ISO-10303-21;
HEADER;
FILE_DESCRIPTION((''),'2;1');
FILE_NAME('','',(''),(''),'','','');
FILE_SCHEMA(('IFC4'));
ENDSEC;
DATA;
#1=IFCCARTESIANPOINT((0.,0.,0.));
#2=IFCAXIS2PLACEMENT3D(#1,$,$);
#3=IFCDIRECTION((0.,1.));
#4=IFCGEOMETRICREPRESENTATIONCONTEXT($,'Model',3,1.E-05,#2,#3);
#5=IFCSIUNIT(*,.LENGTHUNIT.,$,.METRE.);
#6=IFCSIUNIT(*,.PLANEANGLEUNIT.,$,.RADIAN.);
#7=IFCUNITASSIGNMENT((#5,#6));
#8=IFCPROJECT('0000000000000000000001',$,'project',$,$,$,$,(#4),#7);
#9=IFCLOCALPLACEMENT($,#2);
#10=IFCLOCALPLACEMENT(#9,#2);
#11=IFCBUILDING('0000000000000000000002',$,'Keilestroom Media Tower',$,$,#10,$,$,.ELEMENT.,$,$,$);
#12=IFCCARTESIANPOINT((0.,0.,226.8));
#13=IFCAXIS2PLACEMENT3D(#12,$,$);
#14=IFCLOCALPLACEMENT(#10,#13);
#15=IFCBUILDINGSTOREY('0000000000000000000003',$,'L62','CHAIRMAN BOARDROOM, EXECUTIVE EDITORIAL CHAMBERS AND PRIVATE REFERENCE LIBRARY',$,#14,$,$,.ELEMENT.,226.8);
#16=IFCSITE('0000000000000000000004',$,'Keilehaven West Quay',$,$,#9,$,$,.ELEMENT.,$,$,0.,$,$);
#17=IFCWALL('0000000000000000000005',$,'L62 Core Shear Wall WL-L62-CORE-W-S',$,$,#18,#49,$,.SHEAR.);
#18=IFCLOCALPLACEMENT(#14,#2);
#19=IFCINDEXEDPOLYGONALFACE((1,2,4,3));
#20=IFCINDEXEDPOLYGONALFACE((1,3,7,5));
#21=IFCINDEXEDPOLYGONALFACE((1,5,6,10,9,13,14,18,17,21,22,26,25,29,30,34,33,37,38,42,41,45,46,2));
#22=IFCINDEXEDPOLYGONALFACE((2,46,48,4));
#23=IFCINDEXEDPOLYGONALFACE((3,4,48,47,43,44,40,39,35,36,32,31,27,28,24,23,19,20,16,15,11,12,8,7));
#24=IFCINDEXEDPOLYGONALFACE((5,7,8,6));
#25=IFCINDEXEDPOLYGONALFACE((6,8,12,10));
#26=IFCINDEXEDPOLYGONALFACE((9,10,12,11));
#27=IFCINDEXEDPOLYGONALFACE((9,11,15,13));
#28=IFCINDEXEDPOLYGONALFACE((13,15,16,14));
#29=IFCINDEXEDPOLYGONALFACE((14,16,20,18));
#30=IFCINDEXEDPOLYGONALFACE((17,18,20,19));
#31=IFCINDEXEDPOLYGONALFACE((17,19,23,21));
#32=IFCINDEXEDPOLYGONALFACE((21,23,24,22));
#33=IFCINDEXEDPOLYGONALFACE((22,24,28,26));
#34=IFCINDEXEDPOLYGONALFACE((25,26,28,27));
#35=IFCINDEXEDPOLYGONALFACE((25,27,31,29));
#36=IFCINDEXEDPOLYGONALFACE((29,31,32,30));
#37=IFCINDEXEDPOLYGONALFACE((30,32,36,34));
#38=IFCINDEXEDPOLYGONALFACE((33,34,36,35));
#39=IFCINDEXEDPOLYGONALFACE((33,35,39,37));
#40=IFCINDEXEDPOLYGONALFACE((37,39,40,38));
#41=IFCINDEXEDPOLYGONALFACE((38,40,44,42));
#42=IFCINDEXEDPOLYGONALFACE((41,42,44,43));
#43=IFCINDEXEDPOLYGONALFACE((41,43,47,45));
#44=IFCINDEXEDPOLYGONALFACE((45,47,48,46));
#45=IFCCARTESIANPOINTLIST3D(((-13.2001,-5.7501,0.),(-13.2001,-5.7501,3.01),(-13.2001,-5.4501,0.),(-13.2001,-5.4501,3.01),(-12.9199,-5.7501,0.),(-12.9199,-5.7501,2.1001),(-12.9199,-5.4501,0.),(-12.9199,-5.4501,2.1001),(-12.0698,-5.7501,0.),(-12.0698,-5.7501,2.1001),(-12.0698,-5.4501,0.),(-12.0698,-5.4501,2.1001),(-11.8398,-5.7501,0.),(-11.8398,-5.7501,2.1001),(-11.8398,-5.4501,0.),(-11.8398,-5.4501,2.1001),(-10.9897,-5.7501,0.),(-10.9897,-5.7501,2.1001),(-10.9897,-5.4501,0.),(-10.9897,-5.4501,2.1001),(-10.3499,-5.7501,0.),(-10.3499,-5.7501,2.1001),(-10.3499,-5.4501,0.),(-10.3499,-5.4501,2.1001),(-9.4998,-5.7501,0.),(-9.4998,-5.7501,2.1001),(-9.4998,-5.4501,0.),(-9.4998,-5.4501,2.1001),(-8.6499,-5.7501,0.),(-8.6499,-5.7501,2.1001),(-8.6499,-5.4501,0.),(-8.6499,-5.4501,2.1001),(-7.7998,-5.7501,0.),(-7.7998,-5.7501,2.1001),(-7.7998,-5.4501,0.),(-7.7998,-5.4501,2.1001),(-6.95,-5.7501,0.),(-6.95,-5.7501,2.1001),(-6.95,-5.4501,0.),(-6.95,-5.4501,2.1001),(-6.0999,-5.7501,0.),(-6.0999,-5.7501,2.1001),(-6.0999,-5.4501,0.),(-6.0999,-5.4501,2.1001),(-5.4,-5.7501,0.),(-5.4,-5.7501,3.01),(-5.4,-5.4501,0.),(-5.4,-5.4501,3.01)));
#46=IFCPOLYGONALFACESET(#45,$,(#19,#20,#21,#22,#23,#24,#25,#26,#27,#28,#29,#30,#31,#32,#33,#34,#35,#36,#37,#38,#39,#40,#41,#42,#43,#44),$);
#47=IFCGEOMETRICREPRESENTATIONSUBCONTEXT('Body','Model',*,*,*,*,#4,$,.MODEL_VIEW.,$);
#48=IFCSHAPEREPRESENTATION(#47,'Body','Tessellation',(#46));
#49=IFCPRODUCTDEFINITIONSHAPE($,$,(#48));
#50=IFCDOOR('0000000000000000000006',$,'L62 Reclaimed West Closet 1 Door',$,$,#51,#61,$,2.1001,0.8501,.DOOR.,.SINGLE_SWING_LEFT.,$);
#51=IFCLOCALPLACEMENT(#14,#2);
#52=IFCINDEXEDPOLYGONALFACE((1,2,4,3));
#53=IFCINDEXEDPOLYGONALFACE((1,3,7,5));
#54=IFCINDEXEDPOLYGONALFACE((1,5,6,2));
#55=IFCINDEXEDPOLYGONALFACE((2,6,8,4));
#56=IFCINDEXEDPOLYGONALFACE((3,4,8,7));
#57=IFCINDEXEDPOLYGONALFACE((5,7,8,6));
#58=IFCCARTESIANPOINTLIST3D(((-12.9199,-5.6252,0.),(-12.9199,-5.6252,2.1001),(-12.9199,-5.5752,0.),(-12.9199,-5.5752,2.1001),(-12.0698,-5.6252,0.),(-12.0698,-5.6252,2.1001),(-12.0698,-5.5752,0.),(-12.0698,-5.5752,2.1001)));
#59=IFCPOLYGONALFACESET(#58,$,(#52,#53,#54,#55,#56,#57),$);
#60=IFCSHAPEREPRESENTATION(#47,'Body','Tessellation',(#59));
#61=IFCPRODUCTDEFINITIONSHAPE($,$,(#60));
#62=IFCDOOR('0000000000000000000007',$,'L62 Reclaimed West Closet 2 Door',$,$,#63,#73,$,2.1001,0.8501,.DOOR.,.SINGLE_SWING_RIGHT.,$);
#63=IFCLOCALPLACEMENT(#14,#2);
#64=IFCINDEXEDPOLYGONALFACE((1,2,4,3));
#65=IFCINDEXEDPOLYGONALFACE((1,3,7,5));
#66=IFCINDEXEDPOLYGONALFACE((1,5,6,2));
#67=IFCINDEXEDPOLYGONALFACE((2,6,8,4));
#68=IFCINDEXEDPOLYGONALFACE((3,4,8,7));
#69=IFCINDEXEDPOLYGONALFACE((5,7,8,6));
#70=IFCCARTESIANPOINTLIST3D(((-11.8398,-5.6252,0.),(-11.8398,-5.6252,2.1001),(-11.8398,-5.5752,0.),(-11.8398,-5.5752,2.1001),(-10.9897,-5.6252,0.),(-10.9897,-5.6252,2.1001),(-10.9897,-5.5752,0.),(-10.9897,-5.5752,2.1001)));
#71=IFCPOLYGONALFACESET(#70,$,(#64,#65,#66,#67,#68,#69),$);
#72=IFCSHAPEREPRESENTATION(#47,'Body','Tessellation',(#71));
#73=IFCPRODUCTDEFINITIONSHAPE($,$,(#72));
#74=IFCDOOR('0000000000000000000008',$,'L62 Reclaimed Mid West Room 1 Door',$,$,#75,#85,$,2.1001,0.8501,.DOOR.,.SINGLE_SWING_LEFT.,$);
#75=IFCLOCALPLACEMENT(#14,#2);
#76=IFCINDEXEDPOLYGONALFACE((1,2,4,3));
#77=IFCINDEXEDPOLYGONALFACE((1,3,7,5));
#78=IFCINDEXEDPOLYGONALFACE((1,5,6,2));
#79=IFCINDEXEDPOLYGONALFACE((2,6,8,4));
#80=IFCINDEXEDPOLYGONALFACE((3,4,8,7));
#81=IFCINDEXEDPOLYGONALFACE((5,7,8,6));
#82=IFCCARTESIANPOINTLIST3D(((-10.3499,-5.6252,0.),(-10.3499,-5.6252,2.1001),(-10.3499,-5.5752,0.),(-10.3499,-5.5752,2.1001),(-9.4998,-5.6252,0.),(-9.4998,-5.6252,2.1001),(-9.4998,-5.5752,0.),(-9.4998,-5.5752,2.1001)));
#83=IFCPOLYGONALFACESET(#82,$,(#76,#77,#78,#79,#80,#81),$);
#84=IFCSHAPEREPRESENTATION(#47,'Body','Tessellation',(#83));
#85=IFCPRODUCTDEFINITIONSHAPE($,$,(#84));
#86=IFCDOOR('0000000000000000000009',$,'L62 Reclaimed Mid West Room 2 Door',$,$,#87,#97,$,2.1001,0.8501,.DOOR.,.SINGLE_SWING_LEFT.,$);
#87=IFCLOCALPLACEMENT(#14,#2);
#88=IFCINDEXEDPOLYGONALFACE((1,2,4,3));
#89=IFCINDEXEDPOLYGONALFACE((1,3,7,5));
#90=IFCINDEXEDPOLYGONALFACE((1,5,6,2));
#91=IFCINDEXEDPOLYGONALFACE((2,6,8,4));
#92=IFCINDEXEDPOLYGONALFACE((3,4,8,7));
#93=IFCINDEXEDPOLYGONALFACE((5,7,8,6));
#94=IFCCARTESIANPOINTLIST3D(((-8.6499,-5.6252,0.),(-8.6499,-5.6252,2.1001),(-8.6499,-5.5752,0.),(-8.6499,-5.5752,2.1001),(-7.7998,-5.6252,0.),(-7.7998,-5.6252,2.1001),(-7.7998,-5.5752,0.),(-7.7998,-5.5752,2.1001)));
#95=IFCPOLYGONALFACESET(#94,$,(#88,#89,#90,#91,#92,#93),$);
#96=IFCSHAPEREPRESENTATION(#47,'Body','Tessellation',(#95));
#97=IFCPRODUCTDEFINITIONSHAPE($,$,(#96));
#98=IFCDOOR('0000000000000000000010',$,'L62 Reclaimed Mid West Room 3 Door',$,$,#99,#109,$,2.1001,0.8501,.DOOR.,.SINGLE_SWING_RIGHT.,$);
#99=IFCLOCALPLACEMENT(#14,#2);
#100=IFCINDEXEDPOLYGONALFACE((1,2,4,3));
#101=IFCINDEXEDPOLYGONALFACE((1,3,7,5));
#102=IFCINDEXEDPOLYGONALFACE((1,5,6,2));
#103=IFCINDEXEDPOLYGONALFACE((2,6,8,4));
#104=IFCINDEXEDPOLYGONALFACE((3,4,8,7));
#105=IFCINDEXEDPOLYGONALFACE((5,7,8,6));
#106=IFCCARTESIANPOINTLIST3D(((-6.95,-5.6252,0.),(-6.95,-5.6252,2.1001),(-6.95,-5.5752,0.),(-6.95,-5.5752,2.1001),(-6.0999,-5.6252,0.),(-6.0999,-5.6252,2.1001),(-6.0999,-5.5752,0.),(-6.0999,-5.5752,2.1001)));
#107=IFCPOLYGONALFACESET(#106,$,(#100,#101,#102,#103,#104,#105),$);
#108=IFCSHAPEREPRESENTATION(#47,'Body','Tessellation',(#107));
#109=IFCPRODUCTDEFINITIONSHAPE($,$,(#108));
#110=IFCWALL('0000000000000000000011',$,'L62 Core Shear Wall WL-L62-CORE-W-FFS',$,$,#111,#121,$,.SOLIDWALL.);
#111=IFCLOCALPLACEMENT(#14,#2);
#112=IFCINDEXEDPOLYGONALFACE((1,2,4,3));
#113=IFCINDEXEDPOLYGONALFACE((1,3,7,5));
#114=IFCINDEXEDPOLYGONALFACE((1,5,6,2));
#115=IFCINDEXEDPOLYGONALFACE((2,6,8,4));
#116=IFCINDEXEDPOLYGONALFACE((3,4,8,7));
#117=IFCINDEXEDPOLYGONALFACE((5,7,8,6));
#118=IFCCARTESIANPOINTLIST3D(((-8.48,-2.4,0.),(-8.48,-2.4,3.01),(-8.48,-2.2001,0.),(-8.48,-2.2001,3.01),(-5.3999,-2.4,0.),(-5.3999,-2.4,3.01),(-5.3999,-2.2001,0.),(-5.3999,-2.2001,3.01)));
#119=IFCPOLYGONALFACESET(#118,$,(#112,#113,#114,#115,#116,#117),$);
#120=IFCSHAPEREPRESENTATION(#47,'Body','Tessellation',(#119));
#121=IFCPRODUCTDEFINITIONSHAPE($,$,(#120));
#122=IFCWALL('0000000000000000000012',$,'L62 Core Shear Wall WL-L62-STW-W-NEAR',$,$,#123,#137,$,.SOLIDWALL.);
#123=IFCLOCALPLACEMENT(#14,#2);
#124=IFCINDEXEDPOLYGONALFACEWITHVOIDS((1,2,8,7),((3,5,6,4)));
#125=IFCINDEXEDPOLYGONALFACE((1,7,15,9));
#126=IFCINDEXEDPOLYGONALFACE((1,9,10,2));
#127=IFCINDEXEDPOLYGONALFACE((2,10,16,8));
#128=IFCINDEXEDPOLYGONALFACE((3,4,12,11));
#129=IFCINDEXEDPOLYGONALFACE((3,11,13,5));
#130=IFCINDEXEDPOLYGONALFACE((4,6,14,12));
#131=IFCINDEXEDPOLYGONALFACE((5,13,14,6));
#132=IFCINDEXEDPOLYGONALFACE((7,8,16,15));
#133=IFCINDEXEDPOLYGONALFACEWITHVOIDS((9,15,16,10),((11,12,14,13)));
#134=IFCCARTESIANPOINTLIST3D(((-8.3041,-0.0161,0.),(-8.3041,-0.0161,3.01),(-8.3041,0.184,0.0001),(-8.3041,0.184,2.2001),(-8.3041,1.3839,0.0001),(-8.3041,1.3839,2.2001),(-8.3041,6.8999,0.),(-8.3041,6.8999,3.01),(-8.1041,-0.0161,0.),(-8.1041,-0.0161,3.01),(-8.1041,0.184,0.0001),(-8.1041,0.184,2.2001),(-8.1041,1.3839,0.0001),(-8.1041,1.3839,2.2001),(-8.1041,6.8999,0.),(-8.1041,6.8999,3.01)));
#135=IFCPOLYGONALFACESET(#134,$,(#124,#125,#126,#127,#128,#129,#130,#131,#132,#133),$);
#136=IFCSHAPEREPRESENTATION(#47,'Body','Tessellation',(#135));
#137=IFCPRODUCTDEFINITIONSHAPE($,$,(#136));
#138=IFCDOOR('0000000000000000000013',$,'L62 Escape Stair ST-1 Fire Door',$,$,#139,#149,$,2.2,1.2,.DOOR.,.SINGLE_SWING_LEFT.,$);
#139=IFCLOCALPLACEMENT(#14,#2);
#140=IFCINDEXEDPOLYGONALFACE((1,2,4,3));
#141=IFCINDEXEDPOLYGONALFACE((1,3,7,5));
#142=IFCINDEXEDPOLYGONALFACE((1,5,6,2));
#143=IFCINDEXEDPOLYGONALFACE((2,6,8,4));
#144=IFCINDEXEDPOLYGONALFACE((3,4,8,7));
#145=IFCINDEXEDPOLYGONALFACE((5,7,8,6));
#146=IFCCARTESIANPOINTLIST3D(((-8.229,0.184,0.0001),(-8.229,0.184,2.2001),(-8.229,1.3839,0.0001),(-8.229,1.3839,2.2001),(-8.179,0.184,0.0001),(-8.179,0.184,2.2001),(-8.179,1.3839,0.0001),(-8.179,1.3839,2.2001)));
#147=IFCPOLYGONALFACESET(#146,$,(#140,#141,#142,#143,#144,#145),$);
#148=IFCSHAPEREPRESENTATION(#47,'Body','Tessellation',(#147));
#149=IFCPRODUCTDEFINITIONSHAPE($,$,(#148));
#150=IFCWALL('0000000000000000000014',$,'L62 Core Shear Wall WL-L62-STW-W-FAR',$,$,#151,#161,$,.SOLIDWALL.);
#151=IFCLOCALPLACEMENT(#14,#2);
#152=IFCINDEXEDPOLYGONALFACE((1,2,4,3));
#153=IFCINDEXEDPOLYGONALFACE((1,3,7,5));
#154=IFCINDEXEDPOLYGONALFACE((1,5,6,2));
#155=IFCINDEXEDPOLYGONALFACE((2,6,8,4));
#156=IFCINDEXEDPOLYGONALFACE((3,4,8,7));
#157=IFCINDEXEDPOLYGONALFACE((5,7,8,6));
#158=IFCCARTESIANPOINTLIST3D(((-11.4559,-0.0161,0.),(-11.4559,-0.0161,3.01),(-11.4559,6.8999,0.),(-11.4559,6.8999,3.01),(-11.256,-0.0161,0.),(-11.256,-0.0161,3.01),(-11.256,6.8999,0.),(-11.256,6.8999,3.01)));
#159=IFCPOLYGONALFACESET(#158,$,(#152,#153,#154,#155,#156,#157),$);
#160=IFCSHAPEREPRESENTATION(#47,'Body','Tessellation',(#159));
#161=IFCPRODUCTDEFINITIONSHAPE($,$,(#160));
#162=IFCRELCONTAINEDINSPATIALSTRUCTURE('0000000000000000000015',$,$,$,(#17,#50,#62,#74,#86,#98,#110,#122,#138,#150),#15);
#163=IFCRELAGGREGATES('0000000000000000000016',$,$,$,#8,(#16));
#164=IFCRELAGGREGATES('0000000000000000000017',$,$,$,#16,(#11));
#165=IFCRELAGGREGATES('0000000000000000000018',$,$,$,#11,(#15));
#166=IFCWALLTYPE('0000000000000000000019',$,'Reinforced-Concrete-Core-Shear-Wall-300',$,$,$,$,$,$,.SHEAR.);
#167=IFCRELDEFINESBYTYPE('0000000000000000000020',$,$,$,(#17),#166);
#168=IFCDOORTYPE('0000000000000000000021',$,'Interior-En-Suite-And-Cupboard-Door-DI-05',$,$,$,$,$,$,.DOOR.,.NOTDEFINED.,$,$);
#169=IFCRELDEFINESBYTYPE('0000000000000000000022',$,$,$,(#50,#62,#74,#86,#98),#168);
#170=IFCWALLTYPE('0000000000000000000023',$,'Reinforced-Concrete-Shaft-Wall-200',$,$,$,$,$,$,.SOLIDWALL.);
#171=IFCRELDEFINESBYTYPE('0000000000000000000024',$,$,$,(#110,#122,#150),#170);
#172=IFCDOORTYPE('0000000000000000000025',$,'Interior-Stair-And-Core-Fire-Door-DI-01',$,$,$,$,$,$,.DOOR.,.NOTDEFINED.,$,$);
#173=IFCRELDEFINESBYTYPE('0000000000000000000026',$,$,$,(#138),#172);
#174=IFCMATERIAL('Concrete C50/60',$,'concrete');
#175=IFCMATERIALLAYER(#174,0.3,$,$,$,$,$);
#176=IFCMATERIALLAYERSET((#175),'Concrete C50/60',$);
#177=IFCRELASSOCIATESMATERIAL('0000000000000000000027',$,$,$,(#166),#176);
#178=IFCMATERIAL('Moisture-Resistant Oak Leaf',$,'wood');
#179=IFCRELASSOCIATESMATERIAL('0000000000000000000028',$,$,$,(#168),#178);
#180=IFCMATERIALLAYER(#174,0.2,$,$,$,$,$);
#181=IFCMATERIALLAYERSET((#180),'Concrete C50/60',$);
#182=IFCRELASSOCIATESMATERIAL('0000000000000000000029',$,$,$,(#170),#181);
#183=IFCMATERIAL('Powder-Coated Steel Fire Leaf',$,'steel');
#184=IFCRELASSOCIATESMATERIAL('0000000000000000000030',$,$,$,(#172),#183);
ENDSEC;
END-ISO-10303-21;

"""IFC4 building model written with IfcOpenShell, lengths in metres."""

from ifc_helpers import new_model, si_unit, direction, frame, frame_2d, origin, place, context, subcontext, project, spatial, rectangle, extrude, source, transform, mapped, material, layer, layer_set, type_object, element, fill, save


model = new_model("IFC4")

# Units and contexts
model_context = context("Model", 3, precision=1e-05, world=origin(), true_north=direction((0.0, 1.0)))
body_context = subcontext(model_context, "Body", "Model", "MODEL_VIEW")
ifc_project = project(units=[si_unit("LENGTHUNIT", "METRE"), si_unit("PLANEANGLEUNIT", "RADIAN")], contexts=[model_context])

# Site, building, storey
site_placement = place(None, origin())
site = spatial("IfcSite", under=ifc_project, at=site_placement, Name="Keilehaven West Quay", CompositionType="ELEMENT", RefElevation=0.0)
building_placement = place(site_placement, origin())
building = spatial("IfcBuilding", under=site, at=building_placement, Name="Keilestroom Media Tower", CompositionType="ELEMENT")
storey_placement = place(building_placement, frame((0.0, 0.0, 226.8)))
storey = spatial("IfcBuildingStorey", under=building, at=storey_placement, Name="L62", Description="CHAIRMAN BOARDROOM, EXECUTIVE EDITORIAL CHAMBERS AND PRIVATE REFERENCE LIBRARY", CompositionType="ELEMENT", Elevation=226.8)

# Shared definitions
ifc_material_1 = material(Name="Concrete C50/60", Category="concrete")
ifc_layer_1 = layer(ifc_material_1, 0.3)
ifc_layer_set_1 = layer_set([ifc_layer_1], Name="Concrete C50/60")
wall_type_1 = type_object("IfcWallType", Name="Reinforced-Concrete-Core-Shear-Wall-300", PredefinedType="SHEAR", material=ifc_layer_set_1)

# Wall, openings, doors
ifc_material_2 = material(Name="Powder-Coated Steel Fire Leaf", Category="steel")
shared_shape_1 = source(origin(), body_context, "Body", "SweptSolid", [
    extrude(rectangle(XDim=1.2, YDim=2.2, at=frame_2d((0.6001, 1.1001))), frame((0.0, 0.0249, 0.0), z_axis=(0.0, -1.0, 0.0), x_axis=(1.0, 0.0, 0.0)), (0.0, 0.0, 1.0), 0.05),
])
wall_1_placement = place(storey_placement, frame((-13.2, -5.6001, 0.0), z_axis=(0.0, 0.0, 1.0), x_axis=(1.0, 0.0, 0.0)))
wall_1 = element("IfcWall", 1, at=wall_1_placement, inside=storey, type_object=wall_type_1, Name="L62 Core Shear Wall WL-L62-CORE-W-S", PredefinedType="SHEAR", context=body_context, shape_type="SweptSolid", body=[
    extrude(rectangle(XDim=7.8, YDim=0.3, at=frame_2d((3.8999, 0.0))), origin(), (0.0, 0.0, 1.0), 3.01),
])
opening_1_placement = place(wall_1_placement, frame((0.28, 0.0, 0.0)))
opening_1 = element("IfcOpeningElement", 2, at=opening_1_placement, cuts=wall_1, PredefinedType="OPENING", context=body_context, shape_type="SweptSolid", body=[
    extrude(rectangle(XDim=0.8501, YDim=2.1001, at=frame_2d((0.425, 1.05))), frame((0.0, 0.1602, 0.0), z_axis=(0.0, -1.0, 0.0), x_axis=(1.0, 0.0, 0.0)), (0.0, 0.0, 1.0), 0.3201),
])
opening_2_placement = place(wall_1_placement, frame((1.3601, 0.0, 0.0)))
opening_2 = element("IfcOpeningElement", 3, at=opening_2_placement, cuts=wall_1, PredefinedType="OPENING", context=body_context, shape_type="SweptSolid", body=[
    extrude(rectangle(XDim=0.8501, YDim=2.1001, at=frame_2d((0.425, 1.05))), frame((0.0, 0.1602, 0.0), z_axis=(0.0, -1.0, 0.0), x_axis=(1.0, 0.0, 0.0)), (0.0, 0.0, 1.0), 0.3201),
])
opening_3_placement = place(wall_1_placement, frame((2.8501, 0.0, 0.0)))
opening_3 = element("IfcOpeningElement", 4, at=opening_3_placement, cuts=wall_1, PredefinedType="OPENING", context=body_context, shape_type="SweptSolid", body=[
    extrude(rectangle(XDim=0.8501, YDim=2.1001, at=frame_2d((0.425, 1.05))), frame((0.0, 0.1602, 0.0), z_axis=(0.0, -1.0, 0.0), x_axis=(1.0, 0.0, 0.0)), (0.0, 0.0, 1.0), 0.3201),
])
opening_4_placement = place(wall_1_placement, frame((4.55, 0.0, 0.0)))
opening_4 = element("IfcOpeningElement", 5, at=opening_4_placement, cuts=wall_1, PredefinedType="OPENING", context=body_context, shape_type="SweptSolid", body=[
    extrude(rectangle(XDim=0.8501, YDim=2.1001, at=frame_2d((0.425, 1.05))), frame((0.0, 0.1602, 0.0), z_axis=(0.0, -1.0, 0.0), x_axis=(1.0, 0.0, 0.0)), (0.0, 0.0, 1.0), 0.3201),
])
opening_5_placement = place(wall_1_placement, frame((6.25, 0.0, 0.0)))
opening_5 = element("IfcOpeningElement", 6, at=opening_5_placement, cuts=wall_1, PredefinedType="OPENING", context=body_context, shape_type="SweptSolid", body=[
    extrude(rectangle(XDim=0.8501, YDim=2.1001, at=frame_2d((0.425, 1.05))), frame((0.0, 0.1602, 0.0), z_axis=(0.0, -1.0, 0.0), x_axis=(1.0, 0.0, 0.0)), (0.0, 0.0, 1.0), 0.3201),
])
ifc_material_3 = material(Name="Moisture-Resistant Oak Leaf", Category="wood")
door_type_1 = type_object("IfcDoorType", Name="Interior-En-Suite-And-Cupboard-Door-DI-05", OperationType="NOTDEFINED", PredefinedType="DOOR", material=ifc_material_3)
shared_shape_2 = source(origin(), body_context, "Body", "SweptSolid", [
    extrude(rectangle(XDim=0.8501, YDim=2.1001, at=frame_2d((0.425, 1.05))), frame((0.0, 0.0249, 0.0), z_axis=(0.0, -1.0, 0.0), x_axis=(1.0, 0.0, 0.0)), (0.0, 0.0, 1.0), 0.05),
])
door_1_placement = place(opening_1_placement, origin())
door_1 = element("IfcDoor", 7, at=door_1_placement, inside=storey, type_object=door_type_1, Name="L62 Reclaimed West Closet 1 Door", OperationType="SINGLE_SWING_LEFT", OverallHeight=2.1001, OverallWidth=0.8501, PredefinedType="DOOR", context=body_context, shape_type="MappedRepresentation", body=[
    mapped(shared_shape_2, transform((0.0, 0.0, 0.0), x_axis=(1.0, 0.0, 0.0), y_axis=(0.0, 1.0, 0.0), z_axis=(0.0, 0.0, 1.0), scale=1.0)),
])
fill(opening_1, door_1)
door_2_placement = place(opening_2_placement, origin())
door_2 = element("IfcDoor", 8, at=door_2_placement, inside=storey, type_object=door_type_1, Name="L62 Reclaimed West Closet 2 Door", OperationType="SINGLE_SWING_RIGHT", OverallHeight=2.1001, OverallWidth=0.8501, PredefinedType="DOOR", context=body_context, shape_type="MappedRepresentation", body=[
    mapped(shared_shape_2, transform((0.0, 0.0, 0.0), x_axis=(1.0, 0.0, 0.0), y_axis=(0.0, 1.0, 0.0), z_axis=(0.0, 0.0, 1.0), scale=1.0)),
])
fill(opening_2, door_2)
door_3_placement = place(opening_3_placement, origin())
door_3 = element("IfcDoor", 9, at=door_3_placement, inside=storey, type_object=door_type_1, Name="L62 Reclaimed Mid West Room 1 Door", OperationType="SINGLE_SWING_LEFT", OverallHeight=2.1001, OverallWidth=0.8501, PredefinedType="DOOR", context=body_context, shape_type="MappedRepresentation", body=[
    mapped(shared_shape_2, transform((0.0, 0.0, 0.0), x_axis=(1.0, 0.0, 0.0), y_axis=(0.0, 1.0, 0.0), z_axis=(0.0, 0.0, 1.0), scale=1.0)),
])
fill(opening_3, door_3)
door_4_placement = place(opening_4_placement, origin())
door_4 = element("IfcDoor", 10, at=door_4_placement, inside=storey, type_object=door_type_1, Name="L62 Reclaimed Mid West Room 2 Door", OperationType="SINGLE_SWING_LEFT", OverallHeight=2.1001, OverallWidth=0.8501, PredefinedType="DOOR", context=body_context, shape_type="MappedRepresentation", body=[
    mapped(shared_shape_2, transform((0.0, 0.0, 0.0), x_axis=(1.0, 0.0, 0.0), y_axis=(0.0, 1.0, 0.0), z_axis=(0.0, 0.0, 1.0), scale=1.0)),
])
fill(opening_4, door_4)
door_5_placement = place(opening_5_placement, origin())
door_5 = element("IfcDoor", 11, at=door_5_placement, inside=storey, type_object=door_type_1, Name="L62 Reclaimed Mid West Room 3 Door", OperationType="SINGLE_SWING_RIGHT", OverallHeight=2.1001, OverallWidth=0.8501, PredefinedType="DOOR", context=body_context, shape_type="MappedRepresentation", body=[
    mapped(shared_shape_2, transform((0.0, 0.0, 0.0), x_axis=(1.0, 0.0, 0.0), y_axis=(0.0, 1.0, 0.0), z_axis=(0.0, 0.0, 1.0), scale=1.0)),
])
fill(opening_5, door_5)

# Wall
ifc_layer_2 = layer(ifc_material_1, 0.2)
ifc_layer_set_2 = layer_set([ifc_layer_2], Name="Concrete C50/60")
wall_type_2 = type_object("IfcWallType", Name="Reinforced-Concrete-Shaft-Wall-200", PredefinedType="SOLIDWALL", material=ifc_layer_set_2)
wall_2_placement = place(storey_placement, frame((-8.48, -2.3, 0.0), z_axis=(0.0, 0.0, 1.0), x_axis=(1.0, 0.0, 0.0)))
element("IfcWall", 12, at=wall_2_placement, inside=storey, type_object=wall_type_2, Name="L62 Core Shear Wall WL-L62-CORE-W-FFS", PredefinedType="SOLIDWALL", context=body_context, shape_type="SweptSolid", body=[
    extrude(rectangle(XDim=3.0801, YDim=0.2, at=frame_2d((1.54, 0.0))), origin(), (0.0, 0.0, 1.0), 3.01),
])

# Wall, opening, door
wall_3_placement = place(storey_placement, frame((-8.2041, -0.0161, 0.0), z_axis=(0.0, 0.0, 1.0), x_axis=(0.0, 1.0, 0.0)))
wall_3 = element("IfcWall", 13, at=wall_3_placement, inside=storey, type_object=wall_type_2, Name="L62 Core Shear Wall WL-L62-STW-W-NEAR", PredefinedType="SOLIDWALL", context=body_context, shape_type="SweptSolid", body=[
    extrude(rectangle(XDim=6.916, YDim=0.2, at=frame_2d((3.458, 0.0))), origin(), (0.0, 0.0, 1.0), 3.01),
])
opening_6_placement = place(wall_3_placement, frame((0.2, 0.0, 0.0)))
opening_6 = element("IfcOpeningElement", 14, at=opening_6_placement, cuts=wall_3, PredefinedType="OPENING", context=body_context, shape_type="SweptSolid", body=[
    extrude(rectangle(XDim=1.2, YDim=2.2, at=frame_2d((0.6001, 1.1001))), frame((0.0, 0.1099, 0.0), z_axis=(0.0, -1.0, 0.0), x_axis=(1.0, 0.0, 0.0)), (0.0, 0.0, 1.0), 0.22),
])
door_type_2 = type_object("IfcDoorType", Name="Interior-Stair-And-Core-Fire-Door-DI-01", OperationType="NOTDEFINED", PredefinedType="DOOR", material=ifc_material_2)
door_6_placement = place(opening_6_placement, origin())
door_6 = element("IfcDoor", 15, at=door_6_placement, inside=storey, type_object=door_type_2, Name="L62 Escape Stair ST-1 Fire Door", OperationType="SINGLE_SWING_LEFT", OverallHeight=2.2, OverallWidth=1.2, PredefinedType="DOOR", context=body_context, shape_type="MappedRepresentation", body=[
    mapped(shared_shape_1, transform((0.0, 0.0, 0.0), x_axis=(1.0, 0.0, 0.0), y_axis=(0.0, 1.0, 0.0), z_axis=(0.0, 0.0, 1.0), scale=1.0)),
])
fill(opening_6, door_6)

# Wall
wall_4_placement = place(storey_placement, frame((-11.356, -0.0161, 0.0), z_axis=(0.0, 0.0, 1.0), x_axis=(0.0, 1.0, 0.0)))
element("IfcWall", 16, at=wall_4_placement, inside=storey, type_object=wall_type_2, Name="L62 Core Shear Wall WL-L62-STW-W-FAR", PredefinedType="SOLIDWALL", context=body_context, shape_type="SweptSolid", body=[
    extrude(rectangle(XDim=6.916, YDim=0.2, at=frame_2d((3.458, 0.0))), origin(), (0.0, 0.0, 1.0), 3.01),
])

save(model, "model.ifc")
